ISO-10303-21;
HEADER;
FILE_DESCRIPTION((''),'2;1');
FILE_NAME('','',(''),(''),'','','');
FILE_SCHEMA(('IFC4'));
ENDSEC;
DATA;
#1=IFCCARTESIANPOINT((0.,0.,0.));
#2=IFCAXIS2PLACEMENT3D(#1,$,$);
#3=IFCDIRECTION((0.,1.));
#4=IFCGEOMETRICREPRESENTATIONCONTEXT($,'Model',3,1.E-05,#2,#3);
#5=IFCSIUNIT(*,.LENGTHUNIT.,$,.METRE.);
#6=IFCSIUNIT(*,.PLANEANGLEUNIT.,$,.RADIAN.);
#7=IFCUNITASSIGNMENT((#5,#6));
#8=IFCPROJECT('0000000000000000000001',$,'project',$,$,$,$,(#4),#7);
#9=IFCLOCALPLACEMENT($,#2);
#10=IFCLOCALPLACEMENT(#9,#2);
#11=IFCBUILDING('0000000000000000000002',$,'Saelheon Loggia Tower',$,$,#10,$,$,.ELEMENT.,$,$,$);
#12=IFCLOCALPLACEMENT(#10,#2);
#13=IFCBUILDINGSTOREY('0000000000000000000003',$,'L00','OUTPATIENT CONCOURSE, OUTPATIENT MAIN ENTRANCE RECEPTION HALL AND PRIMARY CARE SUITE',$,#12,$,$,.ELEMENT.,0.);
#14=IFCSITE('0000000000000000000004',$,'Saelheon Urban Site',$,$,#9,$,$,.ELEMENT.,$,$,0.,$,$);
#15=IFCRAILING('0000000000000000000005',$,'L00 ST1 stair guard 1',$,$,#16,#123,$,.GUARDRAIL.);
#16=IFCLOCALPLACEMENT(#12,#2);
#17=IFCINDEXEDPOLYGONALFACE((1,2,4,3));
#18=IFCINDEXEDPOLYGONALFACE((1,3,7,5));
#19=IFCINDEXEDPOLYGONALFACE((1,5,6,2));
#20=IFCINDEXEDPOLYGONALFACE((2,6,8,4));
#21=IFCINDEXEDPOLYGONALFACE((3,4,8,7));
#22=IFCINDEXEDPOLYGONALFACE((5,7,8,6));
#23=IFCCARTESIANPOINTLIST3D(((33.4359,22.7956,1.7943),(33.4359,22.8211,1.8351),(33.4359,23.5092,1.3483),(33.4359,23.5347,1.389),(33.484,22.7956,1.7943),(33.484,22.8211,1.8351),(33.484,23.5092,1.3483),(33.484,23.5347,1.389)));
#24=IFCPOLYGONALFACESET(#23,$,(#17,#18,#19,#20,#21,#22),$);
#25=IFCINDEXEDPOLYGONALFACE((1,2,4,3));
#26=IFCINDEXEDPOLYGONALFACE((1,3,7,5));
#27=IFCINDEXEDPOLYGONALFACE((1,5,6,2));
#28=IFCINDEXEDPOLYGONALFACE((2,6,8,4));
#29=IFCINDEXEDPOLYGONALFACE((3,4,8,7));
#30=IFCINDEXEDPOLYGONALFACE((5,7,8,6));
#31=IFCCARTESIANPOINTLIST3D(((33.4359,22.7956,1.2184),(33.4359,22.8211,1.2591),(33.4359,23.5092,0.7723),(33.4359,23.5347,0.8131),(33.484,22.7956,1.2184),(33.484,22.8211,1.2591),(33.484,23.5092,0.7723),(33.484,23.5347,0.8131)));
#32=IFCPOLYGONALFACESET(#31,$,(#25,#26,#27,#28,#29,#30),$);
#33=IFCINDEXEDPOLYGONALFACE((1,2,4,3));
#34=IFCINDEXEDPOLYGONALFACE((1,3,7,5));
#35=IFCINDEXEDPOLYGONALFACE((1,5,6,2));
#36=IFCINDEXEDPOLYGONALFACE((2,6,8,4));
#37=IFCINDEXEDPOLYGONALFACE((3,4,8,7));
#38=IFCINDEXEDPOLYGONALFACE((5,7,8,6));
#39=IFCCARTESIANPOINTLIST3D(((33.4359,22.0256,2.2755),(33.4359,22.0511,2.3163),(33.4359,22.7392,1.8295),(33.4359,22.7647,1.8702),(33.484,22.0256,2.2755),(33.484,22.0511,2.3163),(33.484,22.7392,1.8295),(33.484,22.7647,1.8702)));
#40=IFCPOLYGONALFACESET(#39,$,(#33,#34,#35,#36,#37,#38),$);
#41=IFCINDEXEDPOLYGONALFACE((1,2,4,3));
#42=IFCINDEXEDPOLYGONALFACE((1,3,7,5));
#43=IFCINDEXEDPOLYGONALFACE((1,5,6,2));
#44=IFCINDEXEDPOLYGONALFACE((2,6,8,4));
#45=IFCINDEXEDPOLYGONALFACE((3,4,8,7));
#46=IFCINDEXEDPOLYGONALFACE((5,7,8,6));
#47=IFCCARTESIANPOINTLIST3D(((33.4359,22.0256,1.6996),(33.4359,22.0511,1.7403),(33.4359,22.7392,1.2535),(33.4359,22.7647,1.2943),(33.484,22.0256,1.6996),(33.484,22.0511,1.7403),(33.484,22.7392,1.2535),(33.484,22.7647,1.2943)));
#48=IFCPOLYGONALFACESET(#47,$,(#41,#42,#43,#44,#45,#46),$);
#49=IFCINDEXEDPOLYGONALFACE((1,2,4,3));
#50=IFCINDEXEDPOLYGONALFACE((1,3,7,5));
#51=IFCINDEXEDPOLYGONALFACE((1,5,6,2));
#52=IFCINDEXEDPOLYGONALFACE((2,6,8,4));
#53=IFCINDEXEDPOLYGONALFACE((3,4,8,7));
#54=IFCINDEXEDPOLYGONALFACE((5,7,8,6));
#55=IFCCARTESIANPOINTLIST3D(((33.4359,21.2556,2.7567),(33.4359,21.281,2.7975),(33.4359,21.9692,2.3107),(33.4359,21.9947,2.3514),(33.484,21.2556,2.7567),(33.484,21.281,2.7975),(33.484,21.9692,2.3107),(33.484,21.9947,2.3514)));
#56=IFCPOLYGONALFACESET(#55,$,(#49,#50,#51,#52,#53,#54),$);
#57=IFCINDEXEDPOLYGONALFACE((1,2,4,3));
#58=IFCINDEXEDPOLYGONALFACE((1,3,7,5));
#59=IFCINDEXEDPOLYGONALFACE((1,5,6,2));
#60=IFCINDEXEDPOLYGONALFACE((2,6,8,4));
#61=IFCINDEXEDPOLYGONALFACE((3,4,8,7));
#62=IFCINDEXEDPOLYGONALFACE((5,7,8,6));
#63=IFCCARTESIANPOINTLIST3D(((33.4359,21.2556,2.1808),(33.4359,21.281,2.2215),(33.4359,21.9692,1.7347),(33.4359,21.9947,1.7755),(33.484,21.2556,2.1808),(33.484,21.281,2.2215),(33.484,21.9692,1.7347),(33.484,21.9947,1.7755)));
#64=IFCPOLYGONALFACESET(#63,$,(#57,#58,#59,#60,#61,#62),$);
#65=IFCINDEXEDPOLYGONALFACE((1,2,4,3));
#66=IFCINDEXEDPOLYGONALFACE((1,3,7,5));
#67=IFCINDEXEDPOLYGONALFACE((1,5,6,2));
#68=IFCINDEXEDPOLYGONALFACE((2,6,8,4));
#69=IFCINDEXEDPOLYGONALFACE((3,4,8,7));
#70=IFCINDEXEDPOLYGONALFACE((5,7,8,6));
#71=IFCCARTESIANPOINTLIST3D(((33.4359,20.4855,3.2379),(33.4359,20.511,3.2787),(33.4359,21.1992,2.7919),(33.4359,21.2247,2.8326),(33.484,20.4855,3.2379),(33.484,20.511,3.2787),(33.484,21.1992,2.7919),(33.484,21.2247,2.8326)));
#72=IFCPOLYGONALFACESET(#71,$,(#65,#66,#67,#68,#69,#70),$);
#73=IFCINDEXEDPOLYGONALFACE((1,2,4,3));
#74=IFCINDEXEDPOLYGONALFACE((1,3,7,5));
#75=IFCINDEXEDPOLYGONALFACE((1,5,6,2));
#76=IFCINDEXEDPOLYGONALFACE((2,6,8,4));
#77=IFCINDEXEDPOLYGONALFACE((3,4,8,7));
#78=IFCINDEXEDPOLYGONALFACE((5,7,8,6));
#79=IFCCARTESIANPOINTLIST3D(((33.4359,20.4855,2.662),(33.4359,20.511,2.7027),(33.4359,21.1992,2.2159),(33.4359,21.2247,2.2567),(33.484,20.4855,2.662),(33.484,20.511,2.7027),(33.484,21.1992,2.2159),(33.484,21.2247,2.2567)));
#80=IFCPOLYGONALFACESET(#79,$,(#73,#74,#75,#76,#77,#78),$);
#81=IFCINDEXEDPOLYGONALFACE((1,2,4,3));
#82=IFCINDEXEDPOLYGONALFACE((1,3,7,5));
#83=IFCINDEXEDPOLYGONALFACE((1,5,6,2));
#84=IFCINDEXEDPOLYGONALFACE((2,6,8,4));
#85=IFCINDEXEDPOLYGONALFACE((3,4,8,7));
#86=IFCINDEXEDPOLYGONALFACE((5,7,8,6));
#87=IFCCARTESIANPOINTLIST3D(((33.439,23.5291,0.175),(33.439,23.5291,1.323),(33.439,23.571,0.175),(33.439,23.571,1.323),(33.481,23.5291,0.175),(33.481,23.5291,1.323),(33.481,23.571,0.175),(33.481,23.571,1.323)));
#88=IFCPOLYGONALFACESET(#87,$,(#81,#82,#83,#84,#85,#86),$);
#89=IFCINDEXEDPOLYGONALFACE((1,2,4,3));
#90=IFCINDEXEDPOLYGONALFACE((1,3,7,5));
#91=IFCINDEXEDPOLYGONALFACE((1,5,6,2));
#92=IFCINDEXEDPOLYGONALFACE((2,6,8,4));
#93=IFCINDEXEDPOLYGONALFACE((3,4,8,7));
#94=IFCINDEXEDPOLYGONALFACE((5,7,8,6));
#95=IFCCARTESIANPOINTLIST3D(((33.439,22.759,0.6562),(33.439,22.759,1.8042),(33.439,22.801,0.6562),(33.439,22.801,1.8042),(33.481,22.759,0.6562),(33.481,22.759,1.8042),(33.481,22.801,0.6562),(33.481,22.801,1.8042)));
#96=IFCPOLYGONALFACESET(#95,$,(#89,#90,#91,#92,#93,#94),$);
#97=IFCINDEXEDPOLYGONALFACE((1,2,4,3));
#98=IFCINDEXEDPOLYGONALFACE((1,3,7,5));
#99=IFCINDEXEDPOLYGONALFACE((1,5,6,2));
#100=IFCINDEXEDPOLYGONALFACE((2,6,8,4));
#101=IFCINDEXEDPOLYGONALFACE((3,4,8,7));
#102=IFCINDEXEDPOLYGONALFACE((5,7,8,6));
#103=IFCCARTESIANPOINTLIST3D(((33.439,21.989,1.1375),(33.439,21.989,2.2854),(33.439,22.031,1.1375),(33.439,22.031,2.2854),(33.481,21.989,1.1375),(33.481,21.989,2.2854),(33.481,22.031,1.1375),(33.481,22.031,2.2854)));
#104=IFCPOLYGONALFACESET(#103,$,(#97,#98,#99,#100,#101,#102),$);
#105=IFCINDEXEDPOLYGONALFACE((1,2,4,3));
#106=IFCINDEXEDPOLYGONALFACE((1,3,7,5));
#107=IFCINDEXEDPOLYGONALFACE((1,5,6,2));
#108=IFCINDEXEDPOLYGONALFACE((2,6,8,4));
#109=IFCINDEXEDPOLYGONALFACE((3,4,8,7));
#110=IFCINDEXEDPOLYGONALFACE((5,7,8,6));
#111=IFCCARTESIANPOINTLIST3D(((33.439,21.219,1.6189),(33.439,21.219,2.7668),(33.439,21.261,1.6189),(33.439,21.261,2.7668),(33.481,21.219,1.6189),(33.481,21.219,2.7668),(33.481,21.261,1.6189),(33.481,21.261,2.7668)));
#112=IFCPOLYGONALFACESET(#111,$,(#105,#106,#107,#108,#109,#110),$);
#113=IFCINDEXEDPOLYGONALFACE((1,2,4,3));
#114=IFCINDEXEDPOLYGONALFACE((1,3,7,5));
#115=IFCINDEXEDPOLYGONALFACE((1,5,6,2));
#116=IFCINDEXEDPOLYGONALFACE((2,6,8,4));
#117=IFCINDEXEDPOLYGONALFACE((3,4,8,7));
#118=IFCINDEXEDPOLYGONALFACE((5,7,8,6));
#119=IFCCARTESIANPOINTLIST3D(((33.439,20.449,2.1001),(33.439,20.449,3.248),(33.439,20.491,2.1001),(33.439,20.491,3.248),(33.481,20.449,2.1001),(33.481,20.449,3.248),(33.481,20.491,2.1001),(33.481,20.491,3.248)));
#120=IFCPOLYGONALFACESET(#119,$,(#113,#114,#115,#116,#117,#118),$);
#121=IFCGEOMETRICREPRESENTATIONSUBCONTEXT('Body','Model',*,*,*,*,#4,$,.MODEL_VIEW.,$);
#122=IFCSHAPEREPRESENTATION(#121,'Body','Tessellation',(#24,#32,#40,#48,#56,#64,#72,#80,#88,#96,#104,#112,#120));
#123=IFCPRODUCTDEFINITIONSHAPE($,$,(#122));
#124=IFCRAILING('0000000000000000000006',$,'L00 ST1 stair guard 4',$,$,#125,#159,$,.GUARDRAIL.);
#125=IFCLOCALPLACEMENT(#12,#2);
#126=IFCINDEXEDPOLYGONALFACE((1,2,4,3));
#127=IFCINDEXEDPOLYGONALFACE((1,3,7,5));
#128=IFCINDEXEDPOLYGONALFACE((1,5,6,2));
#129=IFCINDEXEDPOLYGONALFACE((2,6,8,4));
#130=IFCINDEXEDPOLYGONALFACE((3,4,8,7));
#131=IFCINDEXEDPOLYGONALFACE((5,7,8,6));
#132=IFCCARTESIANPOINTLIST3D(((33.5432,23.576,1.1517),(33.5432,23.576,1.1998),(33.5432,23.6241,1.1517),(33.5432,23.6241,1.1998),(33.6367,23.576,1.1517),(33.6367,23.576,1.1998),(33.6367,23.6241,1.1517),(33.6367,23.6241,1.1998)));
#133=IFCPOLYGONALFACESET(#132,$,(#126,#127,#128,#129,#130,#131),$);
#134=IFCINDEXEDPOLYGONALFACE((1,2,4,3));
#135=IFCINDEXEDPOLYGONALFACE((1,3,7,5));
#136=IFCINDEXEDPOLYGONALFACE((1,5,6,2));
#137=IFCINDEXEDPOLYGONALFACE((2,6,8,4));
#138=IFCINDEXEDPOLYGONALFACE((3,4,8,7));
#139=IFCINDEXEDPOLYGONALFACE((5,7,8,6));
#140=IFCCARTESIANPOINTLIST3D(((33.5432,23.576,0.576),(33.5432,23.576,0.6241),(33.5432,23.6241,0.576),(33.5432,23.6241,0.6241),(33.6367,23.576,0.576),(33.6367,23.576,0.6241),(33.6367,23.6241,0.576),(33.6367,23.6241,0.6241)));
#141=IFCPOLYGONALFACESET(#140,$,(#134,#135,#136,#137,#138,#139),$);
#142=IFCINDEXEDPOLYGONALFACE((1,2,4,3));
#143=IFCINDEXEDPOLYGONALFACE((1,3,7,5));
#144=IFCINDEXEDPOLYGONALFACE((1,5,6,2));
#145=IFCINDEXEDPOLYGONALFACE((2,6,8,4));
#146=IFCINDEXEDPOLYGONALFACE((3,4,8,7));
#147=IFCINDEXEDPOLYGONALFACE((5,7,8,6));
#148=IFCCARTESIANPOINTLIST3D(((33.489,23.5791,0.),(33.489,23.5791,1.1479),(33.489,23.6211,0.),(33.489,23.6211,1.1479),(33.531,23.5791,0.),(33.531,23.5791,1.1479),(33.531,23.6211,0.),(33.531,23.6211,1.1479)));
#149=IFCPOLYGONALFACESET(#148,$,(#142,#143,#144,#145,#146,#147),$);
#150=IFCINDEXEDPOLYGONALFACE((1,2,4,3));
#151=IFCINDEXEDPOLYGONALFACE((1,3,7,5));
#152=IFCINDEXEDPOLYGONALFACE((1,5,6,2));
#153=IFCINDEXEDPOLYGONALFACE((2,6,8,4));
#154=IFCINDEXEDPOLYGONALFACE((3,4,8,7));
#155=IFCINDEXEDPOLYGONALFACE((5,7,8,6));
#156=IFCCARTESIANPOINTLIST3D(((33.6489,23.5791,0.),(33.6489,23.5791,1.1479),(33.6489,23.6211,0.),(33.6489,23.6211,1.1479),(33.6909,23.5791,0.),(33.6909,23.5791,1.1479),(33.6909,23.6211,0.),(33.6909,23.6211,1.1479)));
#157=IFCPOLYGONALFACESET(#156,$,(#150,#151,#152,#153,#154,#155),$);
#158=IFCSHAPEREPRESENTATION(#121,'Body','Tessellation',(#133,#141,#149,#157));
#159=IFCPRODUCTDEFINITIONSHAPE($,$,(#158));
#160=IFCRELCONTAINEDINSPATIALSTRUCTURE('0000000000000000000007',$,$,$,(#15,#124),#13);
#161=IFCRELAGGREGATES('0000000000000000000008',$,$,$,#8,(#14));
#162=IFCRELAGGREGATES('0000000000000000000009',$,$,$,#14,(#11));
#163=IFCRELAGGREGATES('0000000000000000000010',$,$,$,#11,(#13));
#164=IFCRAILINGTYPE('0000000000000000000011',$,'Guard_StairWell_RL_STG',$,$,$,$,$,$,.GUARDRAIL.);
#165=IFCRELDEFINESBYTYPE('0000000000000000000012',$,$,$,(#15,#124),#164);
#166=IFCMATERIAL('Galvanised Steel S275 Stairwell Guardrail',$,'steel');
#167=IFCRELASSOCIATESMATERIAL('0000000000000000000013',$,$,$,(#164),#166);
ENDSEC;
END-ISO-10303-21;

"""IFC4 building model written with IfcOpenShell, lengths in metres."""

from ifc_helpers import new_model, si_unit, direction, frame, origin, origin_2d, place, context, subcontext, project, spatial, rectangle, extrude, material, type_object, element, save


model = new_model("IFC4")

# Units and contexts
model_context = context("Model", 3, precision=1e-05, world=origin(), true_north=direction((0.0, 1.0)))
body_context = subcontext(model_context, "Body", "Model", "MODEL_VIEW")
ifc_project = project(units=[si_unit("LENGTHUNIT", "METRE"), si_unit("PLANEANGLEUNIT", "RADIAN")], contexts=[model_context])

# Site, building, storey
site_placement = place(None, origin())
site = spatial("IfcSite", under=ifc_project, at=site_placement, Name="Saelheon Urban Site", CompositionType="ELEMENT", RefElevation=0.0)
building_placement = place(site_placement, origin())
building = spatial("IfcBuilding", under=site, at=building_placement, Name="Saelheon Loggia Tower", CompositionType="ELEMENT")
storey_placement = place(building_placement, origin())
storey = spatial("IfcBuildingStorey", under=building, at=storey_placement, Name="L00", Description="OUTPATIENT CONCOURSE, OUTPATIENT MAIN ENTRANCE RECEPTION HALL AND PRIMARY CARE SUITE", CompositionType="ELEMENT", Elevation=0.0)

# Railings
ifc_material_1 = material(Name="Galvanised Steel S275 Stairwell Guardrail", Category="steel")
railing_type_1 = type_object("IfcRailingType", Name="Guard_StairWell_RL_STG", PredefinedType="GUARDRAIL", material=ifc_material_1)
railing_1_placement = place(storey_placement, frame((33.46, 23.55, 0.175)))
element("IfcRailing", 1, at=railing_1_placement, inside=storey, type_object=railing_type_1, Name="L00 ST1 stair guard 1", PredefinedType="GUARDRAIL", context=body_context, shape_type="SweptSolid", body=[
    extrude(rectangle(XDim=0.0481, YDim=0.0481, at=origin_2d()), frame((0.0, -0.0281, 1.1936), z_axis=(0.0, -0.847998, 0.529999), x_axis=(1.0, 0.0, 0.0)), (0.0, 0.0, 1.0), 0.8416),
    extrude(rectangle(XDim=0.0481, YDim=0.0481, at=origin_2d()), frame((0.0, -0.0281, 0.6177), z_axis=(0.0, -0.847998, 0.529999), x_axis=(1.0, 0.0, 0.0)), (0.0, 0.0, 1.0), 0.8416),
    extrude(rectangle(XDim=0.0481, YDim=0.0481, at=origin_2d()), frame((0.0, -0.7981, 1.6748), z_axis=(0.0, -0.847998, 0.529999), x_axis=(1.0, 0.0, 0.0)), (0.0, 0.0, 1.0), 0.8416),
    extrude(rectangle(XDim=0.0481, YDim=0.0481, at=origin_2d()), frame((0.0, -0.7981, 1.0989), z_axis=(0.0, -0.847998, 0.529999), x_axis=(1.0, 0.0, 0.0)), (0.0, 0.0, 1.0), 0.8416),
    extrude(rectangle(XDim=0.0481, YDim=0.0481, at=origin_2d()), frame((0.0, -1.5681, 2.156), z_axis=(0.0, -0.847998, 0.529999), x_axis=(1.0, 0.0, 0.0)), (0.0, 0.0, 1.0), 0.8416),
    extrude(rectangle(XDim=0.0481, YDim=0.0481, at=origin_2d()), frame((0.0, -1.5681, 1.5801), z_axis=(0.0, -0.847998, 0.529999), x_axis=(1.0, 0.0, 0.0)), (0.0, 0.0, 1.0), 0.8416),
    extrude(rectangle(XDim=0.0481, YDim=0.0481, at=origin_2d()), frame((0.0, -2.3381, 2.6372), z_axis=(0.0, -0.847998, 0.529999), x_axis=(1.0, 0.0, 0.0)), (0.0, 0.0, 1.0), 0.8416),
    extrude(rectangle(XDim=0.0481, YDim=0.0481, at=origin_2d()), frame((0.0, -2.3381, 2.0613), z_axis=(0.0, -0.847998, 0.529999), x_axis=(1.0, 0.0, 0.0)), (0.0, 0.0, 1.0), 0.8416),
    extrude(rectangle(XDim=0.042, YDim=0.042, at=origin_2d()), origin(), (0.0, 0.0, 1.0), 1.1479),
    extrude(rectangle(XDim=0.042, YDim=0.042, at=origin_2d()), frame((0.0, -0.77, 0.4812)), (0.0, 0.0, 1.0), 1.1479),
    extrude(rectangle(XDim=0.042, YDim=0.042, at=origin_2d()), frame((0.0, -1.54, 0.9624)), (0.0, 0.0, 1.0), 1.1479),
    extrude(rectangle(XDim=0.042, YDim=0.042, at=origin_2d()), frame((0.0, -2.3101, 1.4438)), (0.0, 0.0, 1.0), 1.1479),
    extrude(rectangle(XDim=0.042, YDim=0.042, at=origin_2d()), frame((0.0, -3.0801, 1.925)), (0.0, 0.0, 1.0), 1.1479),
])
railing_2_placement = place(storey_placement, frame((33.51, 23.6001, 0.0)))
element("IfcRailing", 2, at=railing_2_placement, inside=storey, type_object=railing_type_1, Name="L00 ST1 stair guard 4", PredefinedType="GUARDRAIL", context=body_context, shape_type="SweptSolid", body=[
    extrude(rectangle(XDim=0.0481, YDim=0.0481, at=origin_2d()), frame((0.0332, 0.0, 1.1758), z_axis=(1.0, 0.0, 0.0), x_axis=(0.0, 1.0, 0.0)), (0.0, 0.0, 1.0), 0.0935),
    extrude(rectangle(XDim=0.0481, YDim=0.0481, at=origin_2d()), frame((0.0332, 0.0, 0.6001), z_axis=(1.0, 0.0, 0.0), x_axis=(0.0, 1.0, 0.0)), (0.0, 0.0, 1.0), 0.0935),
    extrude(rectangle(XDim=0.042, YDim=0.042, at=origin_2d()), origin(), (0.0, 0.0, 1.0), 1.1479),
    extrude(rectangle(XDim=0.042, YDim=0.042, at=origin_2d()), frame((0.1599, 0.0, 0.0)), (0.0, 0.0, 1.0), 1.1479),
])

save(model, "model.ifc")
